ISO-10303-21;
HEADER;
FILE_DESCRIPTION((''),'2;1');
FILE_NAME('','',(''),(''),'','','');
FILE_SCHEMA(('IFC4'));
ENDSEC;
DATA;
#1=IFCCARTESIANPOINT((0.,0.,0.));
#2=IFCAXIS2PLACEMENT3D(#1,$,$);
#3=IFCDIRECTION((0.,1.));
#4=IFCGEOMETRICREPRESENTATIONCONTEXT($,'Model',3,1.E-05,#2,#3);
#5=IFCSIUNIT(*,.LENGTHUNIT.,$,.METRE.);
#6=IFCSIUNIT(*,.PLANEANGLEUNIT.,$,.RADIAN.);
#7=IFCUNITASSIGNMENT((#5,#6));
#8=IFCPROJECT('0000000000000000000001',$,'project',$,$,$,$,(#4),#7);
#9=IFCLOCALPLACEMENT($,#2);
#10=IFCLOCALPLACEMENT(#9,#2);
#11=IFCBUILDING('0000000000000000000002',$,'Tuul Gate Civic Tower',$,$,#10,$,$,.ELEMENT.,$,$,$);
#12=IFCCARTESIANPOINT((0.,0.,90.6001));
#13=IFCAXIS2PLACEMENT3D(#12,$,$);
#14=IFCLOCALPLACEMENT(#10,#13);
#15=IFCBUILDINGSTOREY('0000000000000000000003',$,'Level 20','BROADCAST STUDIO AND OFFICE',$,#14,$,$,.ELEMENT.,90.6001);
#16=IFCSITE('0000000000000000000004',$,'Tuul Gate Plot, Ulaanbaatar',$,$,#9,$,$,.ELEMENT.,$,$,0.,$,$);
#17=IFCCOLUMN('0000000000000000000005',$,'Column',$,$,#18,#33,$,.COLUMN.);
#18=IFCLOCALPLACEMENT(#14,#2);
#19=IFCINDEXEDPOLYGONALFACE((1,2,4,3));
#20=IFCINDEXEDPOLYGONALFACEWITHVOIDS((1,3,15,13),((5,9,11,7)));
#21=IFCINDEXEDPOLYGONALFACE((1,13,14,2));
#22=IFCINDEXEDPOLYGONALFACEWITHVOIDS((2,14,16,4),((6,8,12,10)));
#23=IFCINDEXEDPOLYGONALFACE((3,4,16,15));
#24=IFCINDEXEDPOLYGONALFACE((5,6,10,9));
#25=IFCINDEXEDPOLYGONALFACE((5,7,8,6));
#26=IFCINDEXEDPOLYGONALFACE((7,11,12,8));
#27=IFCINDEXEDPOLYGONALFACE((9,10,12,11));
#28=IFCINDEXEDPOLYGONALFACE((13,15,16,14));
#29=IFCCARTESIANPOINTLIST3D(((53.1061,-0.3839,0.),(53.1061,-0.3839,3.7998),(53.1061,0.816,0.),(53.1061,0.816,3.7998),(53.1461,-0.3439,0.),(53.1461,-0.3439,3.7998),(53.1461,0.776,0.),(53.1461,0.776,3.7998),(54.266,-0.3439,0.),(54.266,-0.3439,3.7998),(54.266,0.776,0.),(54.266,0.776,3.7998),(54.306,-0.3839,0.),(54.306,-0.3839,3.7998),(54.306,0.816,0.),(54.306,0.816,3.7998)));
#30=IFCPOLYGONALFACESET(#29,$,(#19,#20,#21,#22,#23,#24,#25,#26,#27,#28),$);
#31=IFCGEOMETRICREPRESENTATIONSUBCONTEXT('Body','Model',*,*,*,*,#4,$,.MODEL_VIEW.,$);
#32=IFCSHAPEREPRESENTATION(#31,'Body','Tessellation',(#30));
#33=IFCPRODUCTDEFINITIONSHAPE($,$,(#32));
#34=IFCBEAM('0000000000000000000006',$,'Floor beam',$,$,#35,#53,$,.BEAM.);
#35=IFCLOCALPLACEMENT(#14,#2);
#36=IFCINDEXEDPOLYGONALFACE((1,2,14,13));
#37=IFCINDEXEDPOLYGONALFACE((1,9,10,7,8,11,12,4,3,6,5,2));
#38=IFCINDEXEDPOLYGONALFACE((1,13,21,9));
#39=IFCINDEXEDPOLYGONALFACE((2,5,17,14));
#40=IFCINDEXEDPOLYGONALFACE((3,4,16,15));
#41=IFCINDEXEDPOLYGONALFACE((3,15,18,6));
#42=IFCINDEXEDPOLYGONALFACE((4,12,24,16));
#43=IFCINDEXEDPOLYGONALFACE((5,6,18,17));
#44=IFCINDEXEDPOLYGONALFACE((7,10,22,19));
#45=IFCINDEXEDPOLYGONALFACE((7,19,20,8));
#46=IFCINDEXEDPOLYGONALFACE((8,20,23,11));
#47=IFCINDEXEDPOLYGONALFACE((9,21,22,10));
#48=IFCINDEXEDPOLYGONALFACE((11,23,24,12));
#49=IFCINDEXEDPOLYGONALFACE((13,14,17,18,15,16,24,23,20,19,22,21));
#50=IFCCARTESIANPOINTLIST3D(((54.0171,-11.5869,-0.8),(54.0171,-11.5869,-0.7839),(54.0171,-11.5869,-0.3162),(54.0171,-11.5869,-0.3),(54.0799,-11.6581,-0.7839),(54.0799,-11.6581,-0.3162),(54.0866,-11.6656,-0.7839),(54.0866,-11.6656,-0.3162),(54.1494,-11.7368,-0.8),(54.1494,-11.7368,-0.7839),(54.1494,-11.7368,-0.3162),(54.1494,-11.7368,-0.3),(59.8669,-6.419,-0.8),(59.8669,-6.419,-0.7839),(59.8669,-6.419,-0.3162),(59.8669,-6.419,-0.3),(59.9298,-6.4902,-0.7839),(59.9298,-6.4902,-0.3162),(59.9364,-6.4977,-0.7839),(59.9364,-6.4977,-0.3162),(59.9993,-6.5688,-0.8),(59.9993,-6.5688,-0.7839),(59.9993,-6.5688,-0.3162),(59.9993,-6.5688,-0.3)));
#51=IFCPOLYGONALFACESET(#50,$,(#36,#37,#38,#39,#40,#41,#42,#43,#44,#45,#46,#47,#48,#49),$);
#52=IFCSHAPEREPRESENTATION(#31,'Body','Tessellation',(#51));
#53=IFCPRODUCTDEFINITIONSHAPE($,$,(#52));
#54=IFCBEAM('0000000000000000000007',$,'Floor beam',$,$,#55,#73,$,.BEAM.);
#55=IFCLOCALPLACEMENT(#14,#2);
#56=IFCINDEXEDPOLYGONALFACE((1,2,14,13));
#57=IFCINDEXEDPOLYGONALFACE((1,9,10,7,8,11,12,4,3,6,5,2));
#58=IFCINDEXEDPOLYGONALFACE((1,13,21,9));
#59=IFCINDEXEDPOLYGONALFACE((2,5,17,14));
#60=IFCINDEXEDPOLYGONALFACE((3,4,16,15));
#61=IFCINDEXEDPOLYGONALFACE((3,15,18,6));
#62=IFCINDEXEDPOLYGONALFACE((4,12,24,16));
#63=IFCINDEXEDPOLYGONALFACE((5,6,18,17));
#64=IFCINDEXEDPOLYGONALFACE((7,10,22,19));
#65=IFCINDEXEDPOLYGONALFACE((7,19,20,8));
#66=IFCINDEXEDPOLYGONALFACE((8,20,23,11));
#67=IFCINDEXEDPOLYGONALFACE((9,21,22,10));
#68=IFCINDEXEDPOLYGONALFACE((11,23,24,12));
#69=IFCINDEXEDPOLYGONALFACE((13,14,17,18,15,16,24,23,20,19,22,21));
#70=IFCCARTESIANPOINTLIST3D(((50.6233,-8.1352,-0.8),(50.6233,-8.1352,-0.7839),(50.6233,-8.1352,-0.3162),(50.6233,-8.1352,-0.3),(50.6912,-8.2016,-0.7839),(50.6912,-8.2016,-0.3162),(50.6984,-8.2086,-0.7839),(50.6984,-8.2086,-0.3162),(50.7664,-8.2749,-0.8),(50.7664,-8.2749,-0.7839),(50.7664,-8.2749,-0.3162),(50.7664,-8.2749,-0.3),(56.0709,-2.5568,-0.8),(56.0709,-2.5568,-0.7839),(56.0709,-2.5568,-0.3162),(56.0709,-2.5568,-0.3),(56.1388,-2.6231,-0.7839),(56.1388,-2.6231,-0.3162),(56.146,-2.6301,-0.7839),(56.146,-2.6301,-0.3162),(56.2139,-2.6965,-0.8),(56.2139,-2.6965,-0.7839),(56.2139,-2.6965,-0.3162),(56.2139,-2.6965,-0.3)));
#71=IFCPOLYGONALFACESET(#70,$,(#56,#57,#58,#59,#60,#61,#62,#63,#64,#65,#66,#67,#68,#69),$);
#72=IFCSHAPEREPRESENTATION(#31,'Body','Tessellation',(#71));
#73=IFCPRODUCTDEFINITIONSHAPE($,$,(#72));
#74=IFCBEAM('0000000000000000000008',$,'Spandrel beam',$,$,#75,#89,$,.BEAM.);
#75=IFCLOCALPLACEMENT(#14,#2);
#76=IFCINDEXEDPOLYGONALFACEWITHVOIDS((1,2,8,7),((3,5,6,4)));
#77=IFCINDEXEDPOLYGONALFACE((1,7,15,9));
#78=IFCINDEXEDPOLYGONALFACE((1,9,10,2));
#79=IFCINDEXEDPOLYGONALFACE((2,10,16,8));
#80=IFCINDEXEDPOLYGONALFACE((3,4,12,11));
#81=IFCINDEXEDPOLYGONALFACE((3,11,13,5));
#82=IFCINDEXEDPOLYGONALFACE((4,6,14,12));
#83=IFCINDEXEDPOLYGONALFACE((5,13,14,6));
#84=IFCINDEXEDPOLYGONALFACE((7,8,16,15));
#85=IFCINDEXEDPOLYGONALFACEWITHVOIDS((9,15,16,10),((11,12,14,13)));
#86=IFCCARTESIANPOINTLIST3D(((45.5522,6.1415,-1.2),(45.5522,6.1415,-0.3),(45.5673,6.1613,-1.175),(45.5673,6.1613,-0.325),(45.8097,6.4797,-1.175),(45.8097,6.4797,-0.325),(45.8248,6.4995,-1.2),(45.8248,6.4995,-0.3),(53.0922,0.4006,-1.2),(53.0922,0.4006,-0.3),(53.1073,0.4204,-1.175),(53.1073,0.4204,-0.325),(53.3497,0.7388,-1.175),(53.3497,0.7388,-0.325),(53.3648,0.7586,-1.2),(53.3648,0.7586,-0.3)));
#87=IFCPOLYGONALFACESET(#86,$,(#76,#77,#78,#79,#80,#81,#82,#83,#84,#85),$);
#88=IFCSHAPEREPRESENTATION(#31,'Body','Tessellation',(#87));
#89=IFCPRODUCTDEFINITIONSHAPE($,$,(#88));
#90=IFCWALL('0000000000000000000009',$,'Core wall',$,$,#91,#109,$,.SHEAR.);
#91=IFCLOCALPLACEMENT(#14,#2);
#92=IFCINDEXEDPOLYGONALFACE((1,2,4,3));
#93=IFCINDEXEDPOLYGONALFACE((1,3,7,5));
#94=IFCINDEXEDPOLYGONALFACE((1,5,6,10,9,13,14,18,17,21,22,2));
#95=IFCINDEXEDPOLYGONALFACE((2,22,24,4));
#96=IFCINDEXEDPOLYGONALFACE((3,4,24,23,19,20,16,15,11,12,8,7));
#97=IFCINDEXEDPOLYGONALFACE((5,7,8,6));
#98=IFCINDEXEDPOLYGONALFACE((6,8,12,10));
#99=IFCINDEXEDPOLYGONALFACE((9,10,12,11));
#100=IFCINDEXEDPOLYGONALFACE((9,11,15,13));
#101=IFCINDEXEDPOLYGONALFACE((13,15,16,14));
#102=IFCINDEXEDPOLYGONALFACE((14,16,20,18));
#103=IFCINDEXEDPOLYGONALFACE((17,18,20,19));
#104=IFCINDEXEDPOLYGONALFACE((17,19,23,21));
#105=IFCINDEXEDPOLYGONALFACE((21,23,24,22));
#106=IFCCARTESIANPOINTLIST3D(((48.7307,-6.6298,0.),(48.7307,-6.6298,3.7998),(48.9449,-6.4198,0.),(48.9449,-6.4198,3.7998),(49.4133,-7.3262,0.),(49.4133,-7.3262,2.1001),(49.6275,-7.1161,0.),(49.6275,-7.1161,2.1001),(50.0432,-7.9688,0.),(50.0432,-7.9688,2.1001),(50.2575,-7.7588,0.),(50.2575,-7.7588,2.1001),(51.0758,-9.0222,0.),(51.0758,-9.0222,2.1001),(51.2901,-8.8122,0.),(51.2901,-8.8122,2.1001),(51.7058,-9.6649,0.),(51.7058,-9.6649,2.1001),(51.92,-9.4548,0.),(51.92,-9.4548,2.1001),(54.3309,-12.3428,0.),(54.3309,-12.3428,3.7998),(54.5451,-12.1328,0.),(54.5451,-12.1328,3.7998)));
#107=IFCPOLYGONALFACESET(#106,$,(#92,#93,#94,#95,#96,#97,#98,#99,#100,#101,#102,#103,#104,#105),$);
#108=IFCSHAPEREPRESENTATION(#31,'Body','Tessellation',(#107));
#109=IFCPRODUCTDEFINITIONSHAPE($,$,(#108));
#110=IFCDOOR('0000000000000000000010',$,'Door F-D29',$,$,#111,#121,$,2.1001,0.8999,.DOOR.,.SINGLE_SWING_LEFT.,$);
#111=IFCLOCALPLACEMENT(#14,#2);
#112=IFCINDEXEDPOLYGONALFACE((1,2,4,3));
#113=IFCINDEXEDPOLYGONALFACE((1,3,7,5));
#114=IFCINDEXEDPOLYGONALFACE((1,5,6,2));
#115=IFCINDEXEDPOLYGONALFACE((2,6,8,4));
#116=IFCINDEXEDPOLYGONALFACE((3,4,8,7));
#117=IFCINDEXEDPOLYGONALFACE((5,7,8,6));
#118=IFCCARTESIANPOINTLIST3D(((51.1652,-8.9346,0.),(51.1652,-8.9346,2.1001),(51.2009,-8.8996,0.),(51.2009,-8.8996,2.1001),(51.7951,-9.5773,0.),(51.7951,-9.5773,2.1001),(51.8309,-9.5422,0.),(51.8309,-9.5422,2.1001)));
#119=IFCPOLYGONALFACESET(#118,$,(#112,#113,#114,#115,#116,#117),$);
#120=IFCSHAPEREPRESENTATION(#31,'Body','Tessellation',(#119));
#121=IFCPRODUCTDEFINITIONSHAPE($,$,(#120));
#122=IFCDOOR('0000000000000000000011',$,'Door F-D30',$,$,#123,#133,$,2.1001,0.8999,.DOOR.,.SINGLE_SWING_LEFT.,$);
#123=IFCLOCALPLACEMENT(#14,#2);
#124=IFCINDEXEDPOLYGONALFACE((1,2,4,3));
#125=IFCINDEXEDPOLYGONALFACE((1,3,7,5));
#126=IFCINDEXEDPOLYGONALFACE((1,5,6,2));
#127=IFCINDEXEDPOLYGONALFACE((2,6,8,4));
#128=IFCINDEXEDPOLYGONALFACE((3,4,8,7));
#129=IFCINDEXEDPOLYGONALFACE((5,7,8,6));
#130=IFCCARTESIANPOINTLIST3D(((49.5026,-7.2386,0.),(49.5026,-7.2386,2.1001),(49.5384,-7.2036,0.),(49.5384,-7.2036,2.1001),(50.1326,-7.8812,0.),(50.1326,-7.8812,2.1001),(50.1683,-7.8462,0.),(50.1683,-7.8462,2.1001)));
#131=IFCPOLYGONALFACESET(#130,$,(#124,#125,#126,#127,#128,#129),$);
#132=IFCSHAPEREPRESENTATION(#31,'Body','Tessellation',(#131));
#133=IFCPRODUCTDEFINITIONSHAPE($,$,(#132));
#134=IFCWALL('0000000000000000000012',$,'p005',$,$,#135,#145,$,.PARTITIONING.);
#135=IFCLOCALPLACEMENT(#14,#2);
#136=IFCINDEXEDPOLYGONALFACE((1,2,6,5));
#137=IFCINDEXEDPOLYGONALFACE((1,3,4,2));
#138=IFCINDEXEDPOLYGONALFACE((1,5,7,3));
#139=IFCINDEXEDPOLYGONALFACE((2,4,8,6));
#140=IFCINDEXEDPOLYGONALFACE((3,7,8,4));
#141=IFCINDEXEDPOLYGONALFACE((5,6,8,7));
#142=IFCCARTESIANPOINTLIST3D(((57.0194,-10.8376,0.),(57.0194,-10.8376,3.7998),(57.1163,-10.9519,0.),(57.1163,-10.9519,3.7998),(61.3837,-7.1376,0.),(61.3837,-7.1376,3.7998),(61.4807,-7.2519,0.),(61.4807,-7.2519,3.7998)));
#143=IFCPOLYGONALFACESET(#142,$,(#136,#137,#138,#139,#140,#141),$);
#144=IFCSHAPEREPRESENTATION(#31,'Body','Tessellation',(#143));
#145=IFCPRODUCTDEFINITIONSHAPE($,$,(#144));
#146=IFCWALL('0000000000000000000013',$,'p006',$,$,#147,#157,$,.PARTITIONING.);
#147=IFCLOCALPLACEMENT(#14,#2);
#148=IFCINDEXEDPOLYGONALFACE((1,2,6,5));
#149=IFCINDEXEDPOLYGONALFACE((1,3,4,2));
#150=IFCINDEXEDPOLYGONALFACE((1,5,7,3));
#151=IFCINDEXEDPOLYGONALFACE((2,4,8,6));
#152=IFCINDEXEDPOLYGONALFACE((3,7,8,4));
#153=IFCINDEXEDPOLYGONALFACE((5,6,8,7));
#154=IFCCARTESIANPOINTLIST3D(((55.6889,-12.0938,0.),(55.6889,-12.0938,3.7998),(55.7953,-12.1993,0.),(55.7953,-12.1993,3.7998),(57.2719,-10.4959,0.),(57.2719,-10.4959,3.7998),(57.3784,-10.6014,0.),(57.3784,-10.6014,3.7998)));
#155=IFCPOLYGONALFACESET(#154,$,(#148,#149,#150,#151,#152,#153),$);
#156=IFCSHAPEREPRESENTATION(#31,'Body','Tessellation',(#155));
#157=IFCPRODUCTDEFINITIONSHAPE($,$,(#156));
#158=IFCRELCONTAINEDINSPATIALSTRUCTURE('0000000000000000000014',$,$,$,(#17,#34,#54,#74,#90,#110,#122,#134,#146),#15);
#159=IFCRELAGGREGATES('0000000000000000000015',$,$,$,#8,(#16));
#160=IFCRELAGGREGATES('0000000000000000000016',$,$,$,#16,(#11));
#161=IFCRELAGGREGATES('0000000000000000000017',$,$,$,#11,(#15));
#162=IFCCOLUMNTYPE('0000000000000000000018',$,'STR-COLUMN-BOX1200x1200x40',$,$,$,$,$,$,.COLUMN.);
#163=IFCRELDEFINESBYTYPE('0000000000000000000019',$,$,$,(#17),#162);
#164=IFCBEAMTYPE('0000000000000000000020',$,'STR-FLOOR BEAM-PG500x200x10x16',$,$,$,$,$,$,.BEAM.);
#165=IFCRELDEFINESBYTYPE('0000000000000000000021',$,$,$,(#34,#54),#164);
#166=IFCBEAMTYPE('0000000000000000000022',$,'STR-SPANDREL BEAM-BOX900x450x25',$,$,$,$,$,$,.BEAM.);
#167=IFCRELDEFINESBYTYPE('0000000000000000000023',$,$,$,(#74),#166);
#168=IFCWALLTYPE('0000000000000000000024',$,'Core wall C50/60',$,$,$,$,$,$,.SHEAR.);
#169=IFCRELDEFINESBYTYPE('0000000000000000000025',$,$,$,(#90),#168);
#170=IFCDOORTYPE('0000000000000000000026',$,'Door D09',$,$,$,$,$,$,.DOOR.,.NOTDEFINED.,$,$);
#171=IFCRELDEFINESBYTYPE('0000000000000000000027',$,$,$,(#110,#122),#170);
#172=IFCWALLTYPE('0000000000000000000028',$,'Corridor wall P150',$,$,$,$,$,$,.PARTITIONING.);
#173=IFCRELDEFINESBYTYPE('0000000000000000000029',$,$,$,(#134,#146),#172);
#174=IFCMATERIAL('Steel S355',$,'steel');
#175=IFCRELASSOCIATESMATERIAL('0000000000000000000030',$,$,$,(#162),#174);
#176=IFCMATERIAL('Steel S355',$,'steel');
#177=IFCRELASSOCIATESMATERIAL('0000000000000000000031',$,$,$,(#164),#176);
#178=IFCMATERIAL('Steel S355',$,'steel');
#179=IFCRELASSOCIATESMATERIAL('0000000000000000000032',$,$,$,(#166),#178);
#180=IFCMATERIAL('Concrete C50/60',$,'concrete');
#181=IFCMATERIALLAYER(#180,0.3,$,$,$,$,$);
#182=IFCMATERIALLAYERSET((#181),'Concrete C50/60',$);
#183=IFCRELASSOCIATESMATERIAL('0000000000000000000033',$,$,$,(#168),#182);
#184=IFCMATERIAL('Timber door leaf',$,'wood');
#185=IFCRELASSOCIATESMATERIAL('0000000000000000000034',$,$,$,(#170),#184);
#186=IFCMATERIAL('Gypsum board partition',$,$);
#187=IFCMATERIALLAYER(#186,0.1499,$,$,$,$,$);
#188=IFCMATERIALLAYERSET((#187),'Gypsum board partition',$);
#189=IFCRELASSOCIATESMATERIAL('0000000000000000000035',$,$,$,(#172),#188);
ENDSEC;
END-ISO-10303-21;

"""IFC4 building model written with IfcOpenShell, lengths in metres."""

from ifc_helpers import new_model, si_unit, direction, frame, frame_2d, origin, origin_2d, place, context, subcontext, project, spatial, rectangle, hollow_rectangle, i_section, extrude, material, layer, layer_set, material_profile, profile_set, type_object, element, fill, save


model = new_model("IFC4")

# Units and contexts
model_context = context("Model", 3, precision=1e-05, world=origin(), true_north=direction((0.0, 1.0)))
body_context = subcontext(model_context, "Body", "Model", "MODEL_VIEW")
ifc_project = project(units=[si_unit("LENGTHUNIT", "METRE"), si_unit("PLANEANGLEUNIT", "RADIAN")], contexts=[model_context])

# Site, building, storey
site_placement = place(None, origin())
site = spatial("IfcSite", under=ifc_project, at=site_placement, Name="Tuul Gate Plot, Ulaanbaatar", CompositionType="ELEMENT", RefElevation=0.0)
building_placement = place(site_placement, origin())
building = spatial("IfcBuilding", under=site, at=building_placement, Name="Tuul Gate Civic Tower", CompositionType="ELEMENT")
storey_placement = place(building_placement, frame((0.0, 0.0, 90.6001)))
storey = spatial("IfcBuildingStorey", under=building, at=storey_placement, Name="Level 20", Description="BROADCAST STUDIO AND OFFICE", CompositionType="ELEMENT", Elevation=90.6001)

# Column
ifc_material_1 = material(Name="Steel S355", Category="steel")
ifc_material_profile_1 = material_profile(ifc_material_1, hollow_rectangle(XDim=1.2, YDim=1.2, WallThickness=0.04, at=origin_2d()), Name="BOX1200x1200x40")
ifc_profile_set_1 = profile_set([ifc_material_profile_1], Name="Steel S355")
column_type = type_object("IfcColumnType", Name="STR-COLUMN-BOX1200x1200x40", PredefinedType="COLUMN", material=ifc_profile_set_1)
column_placement = place(storey_placement, frame((53.7061, 0.2161, 0.0), z_axis=(0.0, 0.0, 1.0), x_axis=(1.0, 0.0, 0.0)))
element("IfcColumn", 1, at=column_placement, inside=storey, type_object=column_type, Name="Column", PredefinedType="COLUMN", context=body_context, shape_type="SweptSolid", body=[
    extrude(hollow_rectangle(XDim=1.2, YDim=1.2, WallThickness=0.04, at=origin_2d()), origin(), (0.0, 0.0, 1.0), 3.7998),
])

# Beams
ifc_material_2 = material(Name="Steel S355", Category="steel")
ifc_material_profile_2 = material_profile(ifc_material_2, i_section(OverallWidth=0.2, OverallDepth=0.5, WebThickness=0.01, FlangeThickness=0.0161, at=origin_2d()), Name="PG500x200x10x16")
ifc_profile_set_2 = profile_set([ifc_material_profile_2], Name="Steel S355")
beam_type_1 = type_object("IfcBeamType", Name="STR-FLOOR BEAM-PG500x200x10x16", PredefinedType="BEAM", material=ifc_profile_set_2)
beam_1_placement = place(storey_placement, frame((54.0833, -11.6619, -0.55), z_axis=(0.749435, 0.662078, 0.0), x_axis=(-0.662078, 0.749435, 0.0)))
element("IfcBeam", 2, at=beam_1_placement, inside=storey, type_object=beam_type_1, Name="Floor beam", PredefinedType="BEAM", context=body_context, shape_type="SweptSolid", body=[
    extrude(i_section(OverallWidth=0.2, OverallDepth=0.5, WebThickness=0.01, FlangeThickness=0.0161, at=origin_2d()), origin(), (0.0, 0.0, 1.0), 7.8057),
])
beam_2_placement = place(storey_placement, frame((50.6948, -8.2051, -0.55), z_axis=(0.698665, 0.715449, 0.0), x_axis=(-0.715449, 0.698665, 0.0)))
element("IfcBeam", 3, at=beam_2_placement, inside=storey, type_object=beam_type_1, Name="Floor beam", PredefinedType="BEAM", context=body_context, shape_type="SweptSolid", body=[
    extrude(i_section(OverallWidth=0.2, OverallDepth=0.5, WebThickness=0.01, FlangeThickness=0.0161, at=origin_2d()), origin(), (0.0, 0.0, 1.0), 7.7971),
])
ifc_material_3 = material(Name="Steel S355", Category="steel")
ifc_material_profile_3 = material_profile(ifc_material_3, hollow_rectangle(XDim=0.45, YDim=0.8999, WallThickness=0.0249, at=origin_2d()), Name="BOX900x450x25")
ifc_profile_set_3 = profile_set([ifc_material_profile_3], Name="Steel S355")
beam_type_2 = type_object("IfcBeamType", Name="STR-SPANDREL BEAM-BOX900x450x25", PredefinedType="BEAM", material=ifc_profile_set_3)
beam_3_placement = place(storey_placement, frame((53.2285, 0.5796, -0.75), z_axis=(-0.795626, 0.605788, 0.0), x_axis=(-0.605788, -0.795626, 0.0)))
element("IfcBeam", 4, at=beam_3_placement, inside=storey, type_object=beam_type_2, Name="Spandrel beam", PredefinedType="BEAM", context=body_context, shape_type="SweptSolid", body=[
    extrude(hollow_rectangle(XDim=0.45, YDim=0.8999, WallThickness=0.0249, at=origin_2d()), origin(), (0.0, 0.0, 1.0), 9.4768),
])

# Wall, openings, doors
ifc_material_4 = material(Name="Concrete C50/60", Category="concrete")
ifc_layer_1 = layer(ifc_material_4, 0.3)
ifc_layer_set_1 = layer_set([ifc_layer_1], Name="Concrete C50/60")
wall_type_1 = type_object("IfcWallType", Name="Core wall C50/60", PredefinedType="SHEAR", material=ifc_layer_set_1)
wall_1_placement = place(storey_placement, frame((54.438, -12.2378, 0.0), z_axis=(0.0, 0.0, 1.0), x_axis=(-0.700022, 0.714121, 0.0)))
wall_1 = element("IfcWall", 5, at=wall_1_placement, inside=storey, type_object=wall_type_1, Name="Core wall", PredefinedType="SHEAR", context=body_context, shape_type="SweptSolid", body=[
    extrude(rectangle(XDim=8.0, YDim=0.3, at=frame_2d((4.0, 0.0))), origin(), (0.0, 0.0, 1.0), 3.7998),
])
opening_1_placement = place(wall_1_placement, frame((3.75, 0.0, 0.0)))
opening_1 = element("IfcOpeningElement", 6, at=opening_1_placement, cuts=wall_1, PredefinedType="OPENING", context=body_context, shape_type="SweptSolid", body=[
    extrude(rectangle(XDim=0.8999, YDim=2.1001, at=frame_2d((0.45, 1.05))), frame((0.0, 0.1602, 0.0), z_axis=(0.0, -1.0, 0.0), x_axis=(1.0, 0.0, 0.0)), (0.0, 0.0, 1.0), 0.3201),
])
opening_2_placement = place(wall_1_placement, frame((6.125, 0.0, 0.0)))
opening_2 = element("IfcOpeningElement", 7, at=opening_2_placement, cuts=wall_1, PredefinedType="OPENING", context=body_context, shape_type="SweptSolid", body=[
    extrude(rectangle(XDim=0.8999, YDim=2.1001, at=frame_2d((0.45, 1.05))), frame((0.0, 0.1602, 0.0), z_axis=(0.0, -1.0, 0.0), x_axis=(1.0, 0.0, 0.0)), (0.0, 0.0, 1.0), 0.3201),
])
ifc_material_5 = material(Name="Timber door leaf", Category="wood")
door_type_1 = type_object("IfcDoorType", Name="Door D09", OperationType="NOTDEFINED", PredefinedType="DOOR", material=ifc_material_5)
door_1_placement = place(opening_1_placement, origin())
door_1 = element("IfcDoor", 8, at=door_1_placement, inside=storey, type_object=door_type_1, Name="Door F-D29", OperationType="SINGLE_SWING_LEFT", OverallHeight=2.1001, OverallWidth=0.8999, PredefinedType="DOOR", context=body_context, shape_type="SweptSolid", body=[
    extrude(rectangle(XDim=0.8999, YDim=2.1001, at=frame_2d((0.45, 1.05))), frame((0.0, 0.0249, 0.0), z_axis=(0.0, -1.0, 0.0), x_axis=(1.0, 0.0, 0.0)), (0.0, 0.0, 1.0), 0.05),
])
fill(opening_1, door_1)
door_2_placement = place(opening_2_placement, origin())
door_2 = element("IfcDoor", 9, at=door_2_placement, inside=storey, type_object=door_type_1, Name="Door F-D30", OperationType="SINGLE_SWING_LEFT", OverallHeight=2.1001, OverallWidth=0.8999, PredefinedType="DOOR", context=body_context, shape_type="SweptSolid", body=[
    extrude(rectangle(XDim=0.8999, YDim=2.1001, at=frame_2d((0.45, 1.05))), frame((0.0, 0.0249, 0.0), z_axis=(0.0, -1.0, 0.0), x_axis=(1.0, 0.0, 0.0)), (0.0, 0.0, 1.0), 0.05),
])
fill(opening_2, door_2)

# Walls
ifc_material_6 = material(Name="Gypsum board partition")
ifc_layer_2 = layer(ifc_material_6, 0.1499)
ifc_layer_set_2 = layer_set([ifc_layer_2], Name="Gypsum board partition")
wall_type_2 = type_object("IfcWallType", Name="Corridor wall P150", PredefinedType="PARTITIONING", material=ifc_layer_set_2)
wall_2_placement = place(storey_placement, frame((57.0679, -10.8948, 0.0), z_axis=(0.0, 0.0, 1.0), x_axis=(0.762773, 0.646667, 0.0)))
element("IfcWall", 10, at=wall_2_placement, inside=storey, type_object=wall_type_2, Name="p005", PredefinedType="PARTITIONING", context=body_context, shape_type="SweptSolid", body=[
    extrude(rectangle(XDim=5.7217, YDim=0.1499, at=frame_2d((2.8608, 0.0))), origin(), (0.0, 0.0, 1.0), 3.7998),
])
wall_3_placement = place(storey_placement, frame((55.7422, -12.1465, 0.0), z_axis=(0.0, 0.0, 1.0), x_axis=(0.703788, 0.71041, 0.0)))
element("IfcWall", 11, at=wall_3_placement, inside=storey, type_object=wall_type_2, Name="p006", PredefinedType="PARTITIONING", context=body_context, shape_type="SweptSolid", body=[
    extrude(rectangle(XDim=2.2493, YDim=0.1499, at=frame_2d((1.1245, 0.0))), origin(), (0.0, 0.0, 1.0), 3.7998),
])

save(model, "model.ifc")
